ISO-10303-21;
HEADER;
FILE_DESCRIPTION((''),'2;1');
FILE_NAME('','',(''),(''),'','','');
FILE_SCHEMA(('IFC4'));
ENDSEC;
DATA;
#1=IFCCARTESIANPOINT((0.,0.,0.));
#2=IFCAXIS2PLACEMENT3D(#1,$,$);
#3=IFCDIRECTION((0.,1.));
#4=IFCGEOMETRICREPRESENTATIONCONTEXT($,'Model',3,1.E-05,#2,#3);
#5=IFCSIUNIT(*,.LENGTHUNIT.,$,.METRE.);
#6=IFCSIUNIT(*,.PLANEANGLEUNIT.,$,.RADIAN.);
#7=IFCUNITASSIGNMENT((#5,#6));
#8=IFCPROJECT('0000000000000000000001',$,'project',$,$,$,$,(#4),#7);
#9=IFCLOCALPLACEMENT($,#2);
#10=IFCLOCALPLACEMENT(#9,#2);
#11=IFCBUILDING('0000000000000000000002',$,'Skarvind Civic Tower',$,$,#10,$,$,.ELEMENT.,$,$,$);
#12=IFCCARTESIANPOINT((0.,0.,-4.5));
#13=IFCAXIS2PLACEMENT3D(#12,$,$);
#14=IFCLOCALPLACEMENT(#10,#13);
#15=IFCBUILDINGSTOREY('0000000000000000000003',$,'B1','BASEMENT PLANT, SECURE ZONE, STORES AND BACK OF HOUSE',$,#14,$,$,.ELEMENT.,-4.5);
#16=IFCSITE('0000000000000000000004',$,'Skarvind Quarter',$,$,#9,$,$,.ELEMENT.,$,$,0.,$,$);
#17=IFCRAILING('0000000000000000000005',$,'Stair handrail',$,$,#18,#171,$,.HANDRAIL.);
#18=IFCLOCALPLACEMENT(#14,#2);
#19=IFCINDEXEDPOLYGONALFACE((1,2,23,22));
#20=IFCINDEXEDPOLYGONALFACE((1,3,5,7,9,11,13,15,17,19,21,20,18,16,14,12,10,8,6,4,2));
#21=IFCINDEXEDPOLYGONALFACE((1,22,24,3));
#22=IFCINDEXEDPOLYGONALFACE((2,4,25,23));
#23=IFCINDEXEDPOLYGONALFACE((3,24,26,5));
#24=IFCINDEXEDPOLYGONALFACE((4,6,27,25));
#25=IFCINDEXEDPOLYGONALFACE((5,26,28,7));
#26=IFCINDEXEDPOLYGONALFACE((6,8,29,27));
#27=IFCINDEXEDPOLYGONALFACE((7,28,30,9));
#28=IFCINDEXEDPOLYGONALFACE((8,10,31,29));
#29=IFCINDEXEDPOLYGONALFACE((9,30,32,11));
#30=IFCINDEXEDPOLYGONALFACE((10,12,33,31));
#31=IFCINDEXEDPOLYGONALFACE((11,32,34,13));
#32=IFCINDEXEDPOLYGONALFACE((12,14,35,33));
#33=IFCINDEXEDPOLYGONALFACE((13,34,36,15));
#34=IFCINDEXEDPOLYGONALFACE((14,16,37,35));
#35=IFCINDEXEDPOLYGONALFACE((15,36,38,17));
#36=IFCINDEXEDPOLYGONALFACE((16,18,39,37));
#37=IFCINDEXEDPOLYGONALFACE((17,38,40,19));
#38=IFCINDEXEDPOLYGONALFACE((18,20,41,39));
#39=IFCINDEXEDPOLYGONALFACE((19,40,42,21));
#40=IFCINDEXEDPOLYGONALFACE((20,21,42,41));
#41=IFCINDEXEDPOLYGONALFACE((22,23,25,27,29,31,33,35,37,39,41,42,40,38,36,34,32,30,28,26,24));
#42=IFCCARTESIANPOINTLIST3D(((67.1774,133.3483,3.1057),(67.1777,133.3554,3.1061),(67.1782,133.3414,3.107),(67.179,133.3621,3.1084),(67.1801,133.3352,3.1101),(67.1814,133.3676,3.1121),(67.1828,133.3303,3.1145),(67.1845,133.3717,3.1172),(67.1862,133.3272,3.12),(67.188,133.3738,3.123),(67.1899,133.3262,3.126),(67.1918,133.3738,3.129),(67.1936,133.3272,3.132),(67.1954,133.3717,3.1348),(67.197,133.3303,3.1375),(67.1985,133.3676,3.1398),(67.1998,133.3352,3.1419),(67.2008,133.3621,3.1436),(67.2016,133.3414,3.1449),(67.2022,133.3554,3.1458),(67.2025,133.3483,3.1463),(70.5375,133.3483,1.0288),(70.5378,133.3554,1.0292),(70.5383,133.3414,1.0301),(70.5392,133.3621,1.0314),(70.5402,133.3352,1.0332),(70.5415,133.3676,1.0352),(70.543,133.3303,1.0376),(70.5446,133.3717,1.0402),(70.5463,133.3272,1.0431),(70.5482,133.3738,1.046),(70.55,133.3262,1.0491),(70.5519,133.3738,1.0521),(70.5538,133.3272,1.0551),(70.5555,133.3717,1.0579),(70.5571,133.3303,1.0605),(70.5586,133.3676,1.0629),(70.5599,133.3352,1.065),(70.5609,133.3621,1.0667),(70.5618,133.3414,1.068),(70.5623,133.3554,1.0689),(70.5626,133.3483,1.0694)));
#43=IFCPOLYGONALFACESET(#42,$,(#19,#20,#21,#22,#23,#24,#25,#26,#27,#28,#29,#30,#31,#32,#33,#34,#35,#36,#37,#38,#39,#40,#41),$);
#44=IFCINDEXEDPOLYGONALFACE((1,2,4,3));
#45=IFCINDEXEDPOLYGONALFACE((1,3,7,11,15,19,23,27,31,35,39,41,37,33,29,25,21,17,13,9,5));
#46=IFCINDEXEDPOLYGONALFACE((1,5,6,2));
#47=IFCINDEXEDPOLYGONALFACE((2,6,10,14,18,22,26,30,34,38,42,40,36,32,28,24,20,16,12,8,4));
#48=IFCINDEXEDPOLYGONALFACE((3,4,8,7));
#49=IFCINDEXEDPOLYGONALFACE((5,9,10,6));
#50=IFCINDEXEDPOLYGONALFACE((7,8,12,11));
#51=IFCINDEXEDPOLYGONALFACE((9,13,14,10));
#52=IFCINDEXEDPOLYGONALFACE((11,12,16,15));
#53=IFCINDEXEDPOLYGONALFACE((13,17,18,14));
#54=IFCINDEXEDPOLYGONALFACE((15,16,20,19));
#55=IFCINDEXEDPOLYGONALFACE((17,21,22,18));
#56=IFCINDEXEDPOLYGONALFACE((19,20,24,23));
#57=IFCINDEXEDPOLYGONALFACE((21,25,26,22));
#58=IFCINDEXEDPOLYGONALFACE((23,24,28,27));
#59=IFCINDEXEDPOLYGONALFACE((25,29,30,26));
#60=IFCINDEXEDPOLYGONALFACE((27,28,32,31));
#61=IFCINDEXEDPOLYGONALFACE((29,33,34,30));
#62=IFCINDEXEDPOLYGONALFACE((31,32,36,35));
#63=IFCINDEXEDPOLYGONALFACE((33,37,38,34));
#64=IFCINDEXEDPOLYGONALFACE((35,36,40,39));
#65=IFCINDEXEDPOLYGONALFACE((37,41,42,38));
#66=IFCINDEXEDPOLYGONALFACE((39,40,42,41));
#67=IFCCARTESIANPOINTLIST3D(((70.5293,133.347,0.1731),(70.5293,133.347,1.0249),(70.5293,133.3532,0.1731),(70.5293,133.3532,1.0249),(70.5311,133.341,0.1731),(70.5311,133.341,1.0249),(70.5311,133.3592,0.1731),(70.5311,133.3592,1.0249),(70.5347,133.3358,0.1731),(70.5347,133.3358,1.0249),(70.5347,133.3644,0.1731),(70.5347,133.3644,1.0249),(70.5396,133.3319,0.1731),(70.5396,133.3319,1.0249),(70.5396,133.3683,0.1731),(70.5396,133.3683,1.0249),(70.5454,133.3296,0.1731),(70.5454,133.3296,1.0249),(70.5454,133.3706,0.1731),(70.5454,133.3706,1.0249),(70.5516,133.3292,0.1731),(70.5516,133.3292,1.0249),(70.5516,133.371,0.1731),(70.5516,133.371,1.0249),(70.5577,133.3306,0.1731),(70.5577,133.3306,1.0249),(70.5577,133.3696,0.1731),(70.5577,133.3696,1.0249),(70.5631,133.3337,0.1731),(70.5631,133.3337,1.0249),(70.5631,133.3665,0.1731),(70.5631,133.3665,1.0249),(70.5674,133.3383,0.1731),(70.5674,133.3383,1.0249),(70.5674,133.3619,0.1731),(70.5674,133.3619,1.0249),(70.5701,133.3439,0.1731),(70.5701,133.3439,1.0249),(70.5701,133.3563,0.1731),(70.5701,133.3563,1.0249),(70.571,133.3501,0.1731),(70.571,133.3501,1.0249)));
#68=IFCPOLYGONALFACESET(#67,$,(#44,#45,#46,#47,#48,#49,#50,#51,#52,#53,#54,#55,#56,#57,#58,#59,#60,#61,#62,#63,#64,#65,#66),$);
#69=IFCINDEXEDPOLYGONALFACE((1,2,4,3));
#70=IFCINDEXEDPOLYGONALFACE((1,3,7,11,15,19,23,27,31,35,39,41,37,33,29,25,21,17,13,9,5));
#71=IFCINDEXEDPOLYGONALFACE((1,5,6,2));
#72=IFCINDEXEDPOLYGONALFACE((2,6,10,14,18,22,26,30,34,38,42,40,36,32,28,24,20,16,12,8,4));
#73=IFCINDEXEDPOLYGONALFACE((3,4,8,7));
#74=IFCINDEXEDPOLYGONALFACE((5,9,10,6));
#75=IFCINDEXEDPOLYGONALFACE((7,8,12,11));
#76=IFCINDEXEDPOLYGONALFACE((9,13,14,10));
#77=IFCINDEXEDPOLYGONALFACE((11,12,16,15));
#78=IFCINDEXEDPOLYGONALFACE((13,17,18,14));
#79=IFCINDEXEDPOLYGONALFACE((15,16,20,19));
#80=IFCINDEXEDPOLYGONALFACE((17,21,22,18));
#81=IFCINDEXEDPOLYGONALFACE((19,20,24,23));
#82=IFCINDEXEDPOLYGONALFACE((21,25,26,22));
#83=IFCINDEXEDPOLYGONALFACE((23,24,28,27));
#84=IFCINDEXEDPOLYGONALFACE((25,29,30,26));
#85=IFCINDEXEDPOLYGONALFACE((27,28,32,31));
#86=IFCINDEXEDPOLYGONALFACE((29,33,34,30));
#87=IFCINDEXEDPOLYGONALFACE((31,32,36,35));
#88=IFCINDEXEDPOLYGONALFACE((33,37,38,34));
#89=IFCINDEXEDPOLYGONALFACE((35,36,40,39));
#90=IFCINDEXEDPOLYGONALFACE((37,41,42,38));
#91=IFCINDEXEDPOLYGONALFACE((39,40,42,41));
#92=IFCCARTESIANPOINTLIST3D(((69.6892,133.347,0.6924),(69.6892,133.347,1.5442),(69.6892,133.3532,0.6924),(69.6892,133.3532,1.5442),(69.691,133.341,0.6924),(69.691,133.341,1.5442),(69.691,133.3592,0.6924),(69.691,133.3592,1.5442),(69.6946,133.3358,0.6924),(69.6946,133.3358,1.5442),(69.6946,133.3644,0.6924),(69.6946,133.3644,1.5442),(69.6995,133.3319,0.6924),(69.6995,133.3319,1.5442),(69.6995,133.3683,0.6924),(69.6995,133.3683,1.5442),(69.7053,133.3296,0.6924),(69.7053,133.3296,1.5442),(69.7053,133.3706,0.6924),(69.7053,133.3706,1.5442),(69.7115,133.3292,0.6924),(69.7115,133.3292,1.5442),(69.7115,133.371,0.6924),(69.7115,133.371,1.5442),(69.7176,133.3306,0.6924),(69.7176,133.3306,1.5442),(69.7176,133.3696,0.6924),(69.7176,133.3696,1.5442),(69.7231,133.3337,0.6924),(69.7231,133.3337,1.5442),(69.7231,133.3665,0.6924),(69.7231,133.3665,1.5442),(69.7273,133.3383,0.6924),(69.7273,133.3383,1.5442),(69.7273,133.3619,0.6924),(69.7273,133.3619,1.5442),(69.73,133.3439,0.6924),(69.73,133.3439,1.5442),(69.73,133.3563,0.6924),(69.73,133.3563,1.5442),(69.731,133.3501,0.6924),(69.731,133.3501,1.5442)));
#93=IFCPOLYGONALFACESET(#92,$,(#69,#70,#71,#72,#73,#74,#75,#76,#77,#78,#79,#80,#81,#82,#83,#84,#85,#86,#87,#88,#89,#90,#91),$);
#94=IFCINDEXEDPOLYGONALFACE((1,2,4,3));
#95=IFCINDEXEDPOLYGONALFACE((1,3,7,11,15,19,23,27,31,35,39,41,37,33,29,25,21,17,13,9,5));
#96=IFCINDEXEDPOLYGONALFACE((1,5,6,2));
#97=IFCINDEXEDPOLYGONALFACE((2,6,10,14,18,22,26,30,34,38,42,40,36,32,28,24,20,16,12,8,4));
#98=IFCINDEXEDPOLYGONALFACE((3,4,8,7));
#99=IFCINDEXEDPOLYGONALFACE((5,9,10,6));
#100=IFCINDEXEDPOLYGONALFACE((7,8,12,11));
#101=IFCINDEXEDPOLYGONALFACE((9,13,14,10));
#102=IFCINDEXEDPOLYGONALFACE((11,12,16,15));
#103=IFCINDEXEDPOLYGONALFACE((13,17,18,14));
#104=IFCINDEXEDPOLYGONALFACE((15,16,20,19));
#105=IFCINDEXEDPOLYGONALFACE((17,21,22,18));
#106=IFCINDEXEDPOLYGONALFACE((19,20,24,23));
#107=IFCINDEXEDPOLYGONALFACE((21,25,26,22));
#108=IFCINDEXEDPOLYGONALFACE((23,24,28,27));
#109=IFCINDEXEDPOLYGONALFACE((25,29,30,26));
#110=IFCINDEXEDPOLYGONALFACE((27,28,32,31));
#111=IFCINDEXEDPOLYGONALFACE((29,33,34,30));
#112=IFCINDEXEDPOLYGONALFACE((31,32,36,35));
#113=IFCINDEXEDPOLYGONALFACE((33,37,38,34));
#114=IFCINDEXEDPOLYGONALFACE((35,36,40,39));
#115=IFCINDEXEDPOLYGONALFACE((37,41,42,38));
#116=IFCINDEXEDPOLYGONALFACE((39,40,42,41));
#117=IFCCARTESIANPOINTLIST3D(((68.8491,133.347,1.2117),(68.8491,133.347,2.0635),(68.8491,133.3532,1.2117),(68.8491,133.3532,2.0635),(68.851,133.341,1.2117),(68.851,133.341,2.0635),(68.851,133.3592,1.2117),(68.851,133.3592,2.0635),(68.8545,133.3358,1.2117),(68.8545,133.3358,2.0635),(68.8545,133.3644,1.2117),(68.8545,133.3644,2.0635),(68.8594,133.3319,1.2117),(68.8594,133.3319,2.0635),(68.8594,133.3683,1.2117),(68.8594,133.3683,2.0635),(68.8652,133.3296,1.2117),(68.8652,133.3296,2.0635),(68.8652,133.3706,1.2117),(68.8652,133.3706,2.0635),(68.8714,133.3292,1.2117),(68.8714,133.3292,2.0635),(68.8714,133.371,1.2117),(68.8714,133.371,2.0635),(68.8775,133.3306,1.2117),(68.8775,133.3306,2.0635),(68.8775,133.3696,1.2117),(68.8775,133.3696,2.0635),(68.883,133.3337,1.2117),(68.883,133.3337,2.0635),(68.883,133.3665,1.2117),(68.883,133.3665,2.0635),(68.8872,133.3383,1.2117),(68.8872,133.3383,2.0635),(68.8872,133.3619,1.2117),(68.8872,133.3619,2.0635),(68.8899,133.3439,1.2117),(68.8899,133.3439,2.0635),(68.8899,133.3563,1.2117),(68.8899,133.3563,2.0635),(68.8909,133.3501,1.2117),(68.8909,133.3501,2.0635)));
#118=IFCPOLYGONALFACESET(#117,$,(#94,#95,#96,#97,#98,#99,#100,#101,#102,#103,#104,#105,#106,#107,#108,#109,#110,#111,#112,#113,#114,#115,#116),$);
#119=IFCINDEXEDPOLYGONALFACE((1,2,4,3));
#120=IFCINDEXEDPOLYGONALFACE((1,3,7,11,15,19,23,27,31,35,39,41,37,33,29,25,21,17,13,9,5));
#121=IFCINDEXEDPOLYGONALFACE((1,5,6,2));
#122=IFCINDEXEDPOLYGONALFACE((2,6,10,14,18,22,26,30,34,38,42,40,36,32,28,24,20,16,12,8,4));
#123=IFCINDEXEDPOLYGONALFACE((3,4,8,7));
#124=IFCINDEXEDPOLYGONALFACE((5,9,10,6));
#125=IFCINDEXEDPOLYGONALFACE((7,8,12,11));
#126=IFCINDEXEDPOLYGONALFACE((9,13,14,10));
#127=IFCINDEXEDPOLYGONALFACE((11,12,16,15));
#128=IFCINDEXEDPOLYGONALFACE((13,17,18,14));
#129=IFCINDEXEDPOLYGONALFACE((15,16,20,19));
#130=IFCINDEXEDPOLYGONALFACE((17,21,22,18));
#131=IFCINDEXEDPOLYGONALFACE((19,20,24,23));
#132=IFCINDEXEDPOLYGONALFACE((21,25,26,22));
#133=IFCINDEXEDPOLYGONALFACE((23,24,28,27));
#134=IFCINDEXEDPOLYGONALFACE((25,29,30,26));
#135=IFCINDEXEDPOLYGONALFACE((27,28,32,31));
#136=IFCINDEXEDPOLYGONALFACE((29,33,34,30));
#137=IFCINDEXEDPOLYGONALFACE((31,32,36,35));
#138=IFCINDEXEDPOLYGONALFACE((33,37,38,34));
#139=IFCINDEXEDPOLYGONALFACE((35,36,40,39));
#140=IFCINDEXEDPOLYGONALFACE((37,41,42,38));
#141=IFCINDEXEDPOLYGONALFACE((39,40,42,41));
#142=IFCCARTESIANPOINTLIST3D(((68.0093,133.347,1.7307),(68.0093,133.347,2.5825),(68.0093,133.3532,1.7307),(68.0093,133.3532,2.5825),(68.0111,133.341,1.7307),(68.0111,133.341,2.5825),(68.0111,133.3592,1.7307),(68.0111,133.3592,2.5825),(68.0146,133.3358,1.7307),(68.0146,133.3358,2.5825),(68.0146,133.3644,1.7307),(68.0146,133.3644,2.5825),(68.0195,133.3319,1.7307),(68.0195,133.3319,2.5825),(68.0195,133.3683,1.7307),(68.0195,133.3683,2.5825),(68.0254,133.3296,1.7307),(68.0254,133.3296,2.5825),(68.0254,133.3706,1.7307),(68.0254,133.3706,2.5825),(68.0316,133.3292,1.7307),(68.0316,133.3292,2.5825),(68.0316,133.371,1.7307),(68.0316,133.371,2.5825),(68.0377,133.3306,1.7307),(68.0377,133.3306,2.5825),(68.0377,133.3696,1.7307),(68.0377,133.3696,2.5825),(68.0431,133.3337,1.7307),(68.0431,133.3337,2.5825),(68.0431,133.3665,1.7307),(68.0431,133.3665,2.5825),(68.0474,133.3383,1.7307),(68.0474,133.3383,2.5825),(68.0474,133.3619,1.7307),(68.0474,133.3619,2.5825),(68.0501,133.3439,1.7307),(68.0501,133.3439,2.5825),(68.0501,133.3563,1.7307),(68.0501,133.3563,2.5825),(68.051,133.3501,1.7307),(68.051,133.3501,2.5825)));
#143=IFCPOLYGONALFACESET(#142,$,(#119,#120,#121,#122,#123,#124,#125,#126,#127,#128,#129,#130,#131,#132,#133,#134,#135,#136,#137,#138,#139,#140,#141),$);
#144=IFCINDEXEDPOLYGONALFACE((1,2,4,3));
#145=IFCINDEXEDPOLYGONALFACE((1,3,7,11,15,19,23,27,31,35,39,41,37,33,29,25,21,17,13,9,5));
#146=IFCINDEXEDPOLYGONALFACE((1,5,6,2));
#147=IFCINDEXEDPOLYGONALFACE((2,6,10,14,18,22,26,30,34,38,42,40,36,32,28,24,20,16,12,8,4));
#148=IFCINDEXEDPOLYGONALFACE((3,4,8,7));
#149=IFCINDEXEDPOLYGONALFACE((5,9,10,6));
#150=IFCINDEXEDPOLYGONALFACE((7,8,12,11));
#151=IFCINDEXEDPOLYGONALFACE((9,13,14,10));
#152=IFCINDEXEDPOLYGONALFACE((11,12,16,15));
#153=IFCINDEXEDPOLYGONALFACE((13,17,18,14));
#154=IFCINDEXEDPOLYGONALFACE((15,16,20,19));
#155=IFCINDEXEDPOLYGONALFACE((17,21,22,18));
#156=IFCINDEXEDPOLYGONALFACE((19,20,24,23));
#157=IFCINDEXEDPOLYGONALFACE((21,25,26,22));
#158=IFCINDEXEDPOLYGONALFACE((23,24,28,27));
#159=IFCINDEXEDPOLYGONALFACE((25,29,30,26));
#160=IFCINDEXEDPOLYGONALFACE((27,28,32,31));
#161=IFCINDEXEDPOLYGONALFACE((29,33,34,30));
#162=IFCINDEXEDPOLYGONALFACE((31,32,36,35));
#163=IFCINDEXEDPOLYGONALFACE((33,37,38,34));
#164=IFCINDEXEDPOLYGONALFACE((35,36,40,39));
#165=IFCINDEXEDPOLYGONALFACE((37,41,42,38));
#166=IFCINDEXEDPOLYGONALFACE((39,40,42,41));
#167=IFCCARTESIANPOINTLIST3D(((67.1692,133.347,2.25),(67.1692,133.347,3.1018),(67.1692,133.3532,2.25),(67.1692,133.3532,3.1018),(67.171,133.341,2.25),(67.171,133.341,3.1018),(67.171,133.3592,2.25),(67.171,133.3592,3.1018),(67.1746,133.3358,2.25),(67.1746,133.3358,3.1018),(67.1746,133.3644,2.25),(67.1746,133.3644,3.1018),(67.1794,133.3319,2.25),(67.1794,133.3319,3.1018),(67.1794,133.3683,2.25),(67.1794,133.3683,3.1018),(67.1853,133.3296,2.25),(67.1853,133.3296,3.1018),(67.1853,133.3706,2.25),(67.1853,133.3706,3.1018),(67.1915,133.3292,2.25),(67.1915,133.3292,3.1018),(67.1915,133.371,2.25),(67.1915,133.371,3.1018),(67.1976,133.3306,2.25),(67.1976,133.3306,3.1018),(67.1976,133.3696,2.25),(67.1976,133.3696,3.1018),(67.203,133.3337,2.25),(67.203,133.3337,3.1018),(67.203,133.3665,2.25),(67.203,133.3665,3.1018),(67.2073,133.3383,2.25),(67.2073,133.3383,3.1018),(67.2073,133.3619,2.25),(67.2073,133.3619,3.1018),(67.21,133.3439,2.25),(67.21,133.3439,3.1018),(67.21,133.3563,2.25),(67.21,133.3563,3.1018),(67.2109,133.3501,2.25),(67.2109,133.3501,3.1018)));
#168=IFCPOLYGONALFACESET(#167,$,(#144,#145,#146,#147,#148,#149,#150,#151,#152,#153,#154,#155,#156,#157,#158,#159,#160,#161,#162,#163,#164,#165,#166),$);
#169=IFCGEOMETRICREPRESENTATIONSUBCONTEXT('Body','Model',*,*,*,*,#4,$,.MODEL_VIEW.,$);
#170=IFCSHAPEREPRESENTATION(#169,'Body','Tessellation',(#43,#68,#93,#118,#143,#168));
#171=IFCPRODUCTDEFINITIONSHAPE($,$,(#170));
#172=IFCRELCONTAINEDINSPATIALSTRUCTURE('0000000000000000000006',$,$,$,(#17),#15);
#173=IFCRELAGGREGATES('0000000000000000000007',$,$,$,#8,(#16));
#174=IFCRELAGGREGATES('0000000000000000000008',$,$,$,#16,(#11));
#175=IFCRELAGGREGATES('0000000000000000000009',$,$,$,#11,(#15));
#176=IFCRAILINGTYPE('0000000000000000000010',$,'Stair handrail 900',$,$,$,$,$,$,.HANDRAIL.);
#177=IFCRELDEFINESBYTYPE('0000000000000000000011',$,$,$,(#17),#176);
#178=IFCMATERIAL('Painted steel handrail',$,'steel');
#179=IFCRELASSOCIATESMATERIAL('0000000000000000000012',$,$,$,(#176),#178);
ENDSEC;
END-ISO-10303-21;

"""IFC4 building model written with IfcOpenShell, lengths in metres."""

from ifc_helpers import new_model, si_unit, direction, frame, origin, origin_2d, place, context, subcontext, project, spatial, circle, extrude, material, type_object, element, save


model = new_model("IFC4")

# Units and contexts
model_context = context("Model", 3, precision=1e-05, world=origin(), true_north=direction((0.0, 1.0)))
body_context = subcontext(model_context, "Body", "Model", "MODEL_VIEW")
ifc_project = project(units=[si_unit("LENGTHUNIT", "METRE"), si_unit("PLANEANGLEUNIT", "RADIAN")], contexts=[model_context])

# Site, building, storey
site_placement = place(None, origin())
site = spatial("IfcSite", under=ifc_project, at=site_placement, Name="Skarvind Quarter", CompositionType="ELEMENT", RefElevation=0.0)
building_placement = place(site_placement, origin())
building = spatial("IfcBuilding", under=site, at=building_placement, Name="Skarvind Civic Tower", CompositionType="ELEMENT")
storey_placement = place(building_placement, frame((0.0, 0.0, -4.5)))
storey = spatial("IfcBuildingStorey", under=building, at=storey_placement, Name="B1", Description="BASEMENT PLANT, SECURE ZONE, STORES AND BACK OF HOUSE", CompositionType="ELEMENT", Elevation=-4.5)

# Railing
ifc_material_1 = material(Name="Painted steel handrail", Category="steel")
railing_type = type_object("IfcRailingType", Name="Stair handrail 900", PredefinedType="HANDRAIL", material=ifc_material_1)
railing_1_placement = place(storey_placement, frame((70.55, 133.3501, 0.1731)))
element("IfcRailing", 1, at=railing_1_placement, inside=storey, type_object=railing_type, Name="Stair handrail", PredefinedType="HANDRAIL", context=body_context, shape_type="SweptSolid", body=[
    extrude(circle(Radius=0.0239, at=origin_2d()), frame((0.0, 0.0, 0.876), z_axis=(-0.850623, 0.0, 0.525776), x_axis=(0.0, -1.0, 0.0)), (0.0, 0.0, 1.0), 3.9502),
    extrude(circle(Radius=0.021, at=origin_2d()), origin(), (0.0, 0.0, 1.0), 0.8518),
    extrude(circle(Radius=0.021, at=origin_2d()), frame((-0.8401, 0.0, 0.5193)), (0.0, 0.0, 1.0), 0.8518),
    extrude(circle(Radius=0.021, at=origin_2d()), frame((-1.6802, 0.0, 1.0386)), (0.0, 0.0, 1.0), 0.8518),
    extrude(circle(Radius=0.021, at=origin_2d()), frame((-2.52, 0.0, 1.5576)), (0.0, 0.0, 1.0), 0.8518),
    extrude(circle(Radius=0.021, at=origin_2d()), frame((-3.3601, 0.0, 2.0769)), (0.0, 0.0, 1.0), 0.8518),
])

save(model, "model.ifc")
